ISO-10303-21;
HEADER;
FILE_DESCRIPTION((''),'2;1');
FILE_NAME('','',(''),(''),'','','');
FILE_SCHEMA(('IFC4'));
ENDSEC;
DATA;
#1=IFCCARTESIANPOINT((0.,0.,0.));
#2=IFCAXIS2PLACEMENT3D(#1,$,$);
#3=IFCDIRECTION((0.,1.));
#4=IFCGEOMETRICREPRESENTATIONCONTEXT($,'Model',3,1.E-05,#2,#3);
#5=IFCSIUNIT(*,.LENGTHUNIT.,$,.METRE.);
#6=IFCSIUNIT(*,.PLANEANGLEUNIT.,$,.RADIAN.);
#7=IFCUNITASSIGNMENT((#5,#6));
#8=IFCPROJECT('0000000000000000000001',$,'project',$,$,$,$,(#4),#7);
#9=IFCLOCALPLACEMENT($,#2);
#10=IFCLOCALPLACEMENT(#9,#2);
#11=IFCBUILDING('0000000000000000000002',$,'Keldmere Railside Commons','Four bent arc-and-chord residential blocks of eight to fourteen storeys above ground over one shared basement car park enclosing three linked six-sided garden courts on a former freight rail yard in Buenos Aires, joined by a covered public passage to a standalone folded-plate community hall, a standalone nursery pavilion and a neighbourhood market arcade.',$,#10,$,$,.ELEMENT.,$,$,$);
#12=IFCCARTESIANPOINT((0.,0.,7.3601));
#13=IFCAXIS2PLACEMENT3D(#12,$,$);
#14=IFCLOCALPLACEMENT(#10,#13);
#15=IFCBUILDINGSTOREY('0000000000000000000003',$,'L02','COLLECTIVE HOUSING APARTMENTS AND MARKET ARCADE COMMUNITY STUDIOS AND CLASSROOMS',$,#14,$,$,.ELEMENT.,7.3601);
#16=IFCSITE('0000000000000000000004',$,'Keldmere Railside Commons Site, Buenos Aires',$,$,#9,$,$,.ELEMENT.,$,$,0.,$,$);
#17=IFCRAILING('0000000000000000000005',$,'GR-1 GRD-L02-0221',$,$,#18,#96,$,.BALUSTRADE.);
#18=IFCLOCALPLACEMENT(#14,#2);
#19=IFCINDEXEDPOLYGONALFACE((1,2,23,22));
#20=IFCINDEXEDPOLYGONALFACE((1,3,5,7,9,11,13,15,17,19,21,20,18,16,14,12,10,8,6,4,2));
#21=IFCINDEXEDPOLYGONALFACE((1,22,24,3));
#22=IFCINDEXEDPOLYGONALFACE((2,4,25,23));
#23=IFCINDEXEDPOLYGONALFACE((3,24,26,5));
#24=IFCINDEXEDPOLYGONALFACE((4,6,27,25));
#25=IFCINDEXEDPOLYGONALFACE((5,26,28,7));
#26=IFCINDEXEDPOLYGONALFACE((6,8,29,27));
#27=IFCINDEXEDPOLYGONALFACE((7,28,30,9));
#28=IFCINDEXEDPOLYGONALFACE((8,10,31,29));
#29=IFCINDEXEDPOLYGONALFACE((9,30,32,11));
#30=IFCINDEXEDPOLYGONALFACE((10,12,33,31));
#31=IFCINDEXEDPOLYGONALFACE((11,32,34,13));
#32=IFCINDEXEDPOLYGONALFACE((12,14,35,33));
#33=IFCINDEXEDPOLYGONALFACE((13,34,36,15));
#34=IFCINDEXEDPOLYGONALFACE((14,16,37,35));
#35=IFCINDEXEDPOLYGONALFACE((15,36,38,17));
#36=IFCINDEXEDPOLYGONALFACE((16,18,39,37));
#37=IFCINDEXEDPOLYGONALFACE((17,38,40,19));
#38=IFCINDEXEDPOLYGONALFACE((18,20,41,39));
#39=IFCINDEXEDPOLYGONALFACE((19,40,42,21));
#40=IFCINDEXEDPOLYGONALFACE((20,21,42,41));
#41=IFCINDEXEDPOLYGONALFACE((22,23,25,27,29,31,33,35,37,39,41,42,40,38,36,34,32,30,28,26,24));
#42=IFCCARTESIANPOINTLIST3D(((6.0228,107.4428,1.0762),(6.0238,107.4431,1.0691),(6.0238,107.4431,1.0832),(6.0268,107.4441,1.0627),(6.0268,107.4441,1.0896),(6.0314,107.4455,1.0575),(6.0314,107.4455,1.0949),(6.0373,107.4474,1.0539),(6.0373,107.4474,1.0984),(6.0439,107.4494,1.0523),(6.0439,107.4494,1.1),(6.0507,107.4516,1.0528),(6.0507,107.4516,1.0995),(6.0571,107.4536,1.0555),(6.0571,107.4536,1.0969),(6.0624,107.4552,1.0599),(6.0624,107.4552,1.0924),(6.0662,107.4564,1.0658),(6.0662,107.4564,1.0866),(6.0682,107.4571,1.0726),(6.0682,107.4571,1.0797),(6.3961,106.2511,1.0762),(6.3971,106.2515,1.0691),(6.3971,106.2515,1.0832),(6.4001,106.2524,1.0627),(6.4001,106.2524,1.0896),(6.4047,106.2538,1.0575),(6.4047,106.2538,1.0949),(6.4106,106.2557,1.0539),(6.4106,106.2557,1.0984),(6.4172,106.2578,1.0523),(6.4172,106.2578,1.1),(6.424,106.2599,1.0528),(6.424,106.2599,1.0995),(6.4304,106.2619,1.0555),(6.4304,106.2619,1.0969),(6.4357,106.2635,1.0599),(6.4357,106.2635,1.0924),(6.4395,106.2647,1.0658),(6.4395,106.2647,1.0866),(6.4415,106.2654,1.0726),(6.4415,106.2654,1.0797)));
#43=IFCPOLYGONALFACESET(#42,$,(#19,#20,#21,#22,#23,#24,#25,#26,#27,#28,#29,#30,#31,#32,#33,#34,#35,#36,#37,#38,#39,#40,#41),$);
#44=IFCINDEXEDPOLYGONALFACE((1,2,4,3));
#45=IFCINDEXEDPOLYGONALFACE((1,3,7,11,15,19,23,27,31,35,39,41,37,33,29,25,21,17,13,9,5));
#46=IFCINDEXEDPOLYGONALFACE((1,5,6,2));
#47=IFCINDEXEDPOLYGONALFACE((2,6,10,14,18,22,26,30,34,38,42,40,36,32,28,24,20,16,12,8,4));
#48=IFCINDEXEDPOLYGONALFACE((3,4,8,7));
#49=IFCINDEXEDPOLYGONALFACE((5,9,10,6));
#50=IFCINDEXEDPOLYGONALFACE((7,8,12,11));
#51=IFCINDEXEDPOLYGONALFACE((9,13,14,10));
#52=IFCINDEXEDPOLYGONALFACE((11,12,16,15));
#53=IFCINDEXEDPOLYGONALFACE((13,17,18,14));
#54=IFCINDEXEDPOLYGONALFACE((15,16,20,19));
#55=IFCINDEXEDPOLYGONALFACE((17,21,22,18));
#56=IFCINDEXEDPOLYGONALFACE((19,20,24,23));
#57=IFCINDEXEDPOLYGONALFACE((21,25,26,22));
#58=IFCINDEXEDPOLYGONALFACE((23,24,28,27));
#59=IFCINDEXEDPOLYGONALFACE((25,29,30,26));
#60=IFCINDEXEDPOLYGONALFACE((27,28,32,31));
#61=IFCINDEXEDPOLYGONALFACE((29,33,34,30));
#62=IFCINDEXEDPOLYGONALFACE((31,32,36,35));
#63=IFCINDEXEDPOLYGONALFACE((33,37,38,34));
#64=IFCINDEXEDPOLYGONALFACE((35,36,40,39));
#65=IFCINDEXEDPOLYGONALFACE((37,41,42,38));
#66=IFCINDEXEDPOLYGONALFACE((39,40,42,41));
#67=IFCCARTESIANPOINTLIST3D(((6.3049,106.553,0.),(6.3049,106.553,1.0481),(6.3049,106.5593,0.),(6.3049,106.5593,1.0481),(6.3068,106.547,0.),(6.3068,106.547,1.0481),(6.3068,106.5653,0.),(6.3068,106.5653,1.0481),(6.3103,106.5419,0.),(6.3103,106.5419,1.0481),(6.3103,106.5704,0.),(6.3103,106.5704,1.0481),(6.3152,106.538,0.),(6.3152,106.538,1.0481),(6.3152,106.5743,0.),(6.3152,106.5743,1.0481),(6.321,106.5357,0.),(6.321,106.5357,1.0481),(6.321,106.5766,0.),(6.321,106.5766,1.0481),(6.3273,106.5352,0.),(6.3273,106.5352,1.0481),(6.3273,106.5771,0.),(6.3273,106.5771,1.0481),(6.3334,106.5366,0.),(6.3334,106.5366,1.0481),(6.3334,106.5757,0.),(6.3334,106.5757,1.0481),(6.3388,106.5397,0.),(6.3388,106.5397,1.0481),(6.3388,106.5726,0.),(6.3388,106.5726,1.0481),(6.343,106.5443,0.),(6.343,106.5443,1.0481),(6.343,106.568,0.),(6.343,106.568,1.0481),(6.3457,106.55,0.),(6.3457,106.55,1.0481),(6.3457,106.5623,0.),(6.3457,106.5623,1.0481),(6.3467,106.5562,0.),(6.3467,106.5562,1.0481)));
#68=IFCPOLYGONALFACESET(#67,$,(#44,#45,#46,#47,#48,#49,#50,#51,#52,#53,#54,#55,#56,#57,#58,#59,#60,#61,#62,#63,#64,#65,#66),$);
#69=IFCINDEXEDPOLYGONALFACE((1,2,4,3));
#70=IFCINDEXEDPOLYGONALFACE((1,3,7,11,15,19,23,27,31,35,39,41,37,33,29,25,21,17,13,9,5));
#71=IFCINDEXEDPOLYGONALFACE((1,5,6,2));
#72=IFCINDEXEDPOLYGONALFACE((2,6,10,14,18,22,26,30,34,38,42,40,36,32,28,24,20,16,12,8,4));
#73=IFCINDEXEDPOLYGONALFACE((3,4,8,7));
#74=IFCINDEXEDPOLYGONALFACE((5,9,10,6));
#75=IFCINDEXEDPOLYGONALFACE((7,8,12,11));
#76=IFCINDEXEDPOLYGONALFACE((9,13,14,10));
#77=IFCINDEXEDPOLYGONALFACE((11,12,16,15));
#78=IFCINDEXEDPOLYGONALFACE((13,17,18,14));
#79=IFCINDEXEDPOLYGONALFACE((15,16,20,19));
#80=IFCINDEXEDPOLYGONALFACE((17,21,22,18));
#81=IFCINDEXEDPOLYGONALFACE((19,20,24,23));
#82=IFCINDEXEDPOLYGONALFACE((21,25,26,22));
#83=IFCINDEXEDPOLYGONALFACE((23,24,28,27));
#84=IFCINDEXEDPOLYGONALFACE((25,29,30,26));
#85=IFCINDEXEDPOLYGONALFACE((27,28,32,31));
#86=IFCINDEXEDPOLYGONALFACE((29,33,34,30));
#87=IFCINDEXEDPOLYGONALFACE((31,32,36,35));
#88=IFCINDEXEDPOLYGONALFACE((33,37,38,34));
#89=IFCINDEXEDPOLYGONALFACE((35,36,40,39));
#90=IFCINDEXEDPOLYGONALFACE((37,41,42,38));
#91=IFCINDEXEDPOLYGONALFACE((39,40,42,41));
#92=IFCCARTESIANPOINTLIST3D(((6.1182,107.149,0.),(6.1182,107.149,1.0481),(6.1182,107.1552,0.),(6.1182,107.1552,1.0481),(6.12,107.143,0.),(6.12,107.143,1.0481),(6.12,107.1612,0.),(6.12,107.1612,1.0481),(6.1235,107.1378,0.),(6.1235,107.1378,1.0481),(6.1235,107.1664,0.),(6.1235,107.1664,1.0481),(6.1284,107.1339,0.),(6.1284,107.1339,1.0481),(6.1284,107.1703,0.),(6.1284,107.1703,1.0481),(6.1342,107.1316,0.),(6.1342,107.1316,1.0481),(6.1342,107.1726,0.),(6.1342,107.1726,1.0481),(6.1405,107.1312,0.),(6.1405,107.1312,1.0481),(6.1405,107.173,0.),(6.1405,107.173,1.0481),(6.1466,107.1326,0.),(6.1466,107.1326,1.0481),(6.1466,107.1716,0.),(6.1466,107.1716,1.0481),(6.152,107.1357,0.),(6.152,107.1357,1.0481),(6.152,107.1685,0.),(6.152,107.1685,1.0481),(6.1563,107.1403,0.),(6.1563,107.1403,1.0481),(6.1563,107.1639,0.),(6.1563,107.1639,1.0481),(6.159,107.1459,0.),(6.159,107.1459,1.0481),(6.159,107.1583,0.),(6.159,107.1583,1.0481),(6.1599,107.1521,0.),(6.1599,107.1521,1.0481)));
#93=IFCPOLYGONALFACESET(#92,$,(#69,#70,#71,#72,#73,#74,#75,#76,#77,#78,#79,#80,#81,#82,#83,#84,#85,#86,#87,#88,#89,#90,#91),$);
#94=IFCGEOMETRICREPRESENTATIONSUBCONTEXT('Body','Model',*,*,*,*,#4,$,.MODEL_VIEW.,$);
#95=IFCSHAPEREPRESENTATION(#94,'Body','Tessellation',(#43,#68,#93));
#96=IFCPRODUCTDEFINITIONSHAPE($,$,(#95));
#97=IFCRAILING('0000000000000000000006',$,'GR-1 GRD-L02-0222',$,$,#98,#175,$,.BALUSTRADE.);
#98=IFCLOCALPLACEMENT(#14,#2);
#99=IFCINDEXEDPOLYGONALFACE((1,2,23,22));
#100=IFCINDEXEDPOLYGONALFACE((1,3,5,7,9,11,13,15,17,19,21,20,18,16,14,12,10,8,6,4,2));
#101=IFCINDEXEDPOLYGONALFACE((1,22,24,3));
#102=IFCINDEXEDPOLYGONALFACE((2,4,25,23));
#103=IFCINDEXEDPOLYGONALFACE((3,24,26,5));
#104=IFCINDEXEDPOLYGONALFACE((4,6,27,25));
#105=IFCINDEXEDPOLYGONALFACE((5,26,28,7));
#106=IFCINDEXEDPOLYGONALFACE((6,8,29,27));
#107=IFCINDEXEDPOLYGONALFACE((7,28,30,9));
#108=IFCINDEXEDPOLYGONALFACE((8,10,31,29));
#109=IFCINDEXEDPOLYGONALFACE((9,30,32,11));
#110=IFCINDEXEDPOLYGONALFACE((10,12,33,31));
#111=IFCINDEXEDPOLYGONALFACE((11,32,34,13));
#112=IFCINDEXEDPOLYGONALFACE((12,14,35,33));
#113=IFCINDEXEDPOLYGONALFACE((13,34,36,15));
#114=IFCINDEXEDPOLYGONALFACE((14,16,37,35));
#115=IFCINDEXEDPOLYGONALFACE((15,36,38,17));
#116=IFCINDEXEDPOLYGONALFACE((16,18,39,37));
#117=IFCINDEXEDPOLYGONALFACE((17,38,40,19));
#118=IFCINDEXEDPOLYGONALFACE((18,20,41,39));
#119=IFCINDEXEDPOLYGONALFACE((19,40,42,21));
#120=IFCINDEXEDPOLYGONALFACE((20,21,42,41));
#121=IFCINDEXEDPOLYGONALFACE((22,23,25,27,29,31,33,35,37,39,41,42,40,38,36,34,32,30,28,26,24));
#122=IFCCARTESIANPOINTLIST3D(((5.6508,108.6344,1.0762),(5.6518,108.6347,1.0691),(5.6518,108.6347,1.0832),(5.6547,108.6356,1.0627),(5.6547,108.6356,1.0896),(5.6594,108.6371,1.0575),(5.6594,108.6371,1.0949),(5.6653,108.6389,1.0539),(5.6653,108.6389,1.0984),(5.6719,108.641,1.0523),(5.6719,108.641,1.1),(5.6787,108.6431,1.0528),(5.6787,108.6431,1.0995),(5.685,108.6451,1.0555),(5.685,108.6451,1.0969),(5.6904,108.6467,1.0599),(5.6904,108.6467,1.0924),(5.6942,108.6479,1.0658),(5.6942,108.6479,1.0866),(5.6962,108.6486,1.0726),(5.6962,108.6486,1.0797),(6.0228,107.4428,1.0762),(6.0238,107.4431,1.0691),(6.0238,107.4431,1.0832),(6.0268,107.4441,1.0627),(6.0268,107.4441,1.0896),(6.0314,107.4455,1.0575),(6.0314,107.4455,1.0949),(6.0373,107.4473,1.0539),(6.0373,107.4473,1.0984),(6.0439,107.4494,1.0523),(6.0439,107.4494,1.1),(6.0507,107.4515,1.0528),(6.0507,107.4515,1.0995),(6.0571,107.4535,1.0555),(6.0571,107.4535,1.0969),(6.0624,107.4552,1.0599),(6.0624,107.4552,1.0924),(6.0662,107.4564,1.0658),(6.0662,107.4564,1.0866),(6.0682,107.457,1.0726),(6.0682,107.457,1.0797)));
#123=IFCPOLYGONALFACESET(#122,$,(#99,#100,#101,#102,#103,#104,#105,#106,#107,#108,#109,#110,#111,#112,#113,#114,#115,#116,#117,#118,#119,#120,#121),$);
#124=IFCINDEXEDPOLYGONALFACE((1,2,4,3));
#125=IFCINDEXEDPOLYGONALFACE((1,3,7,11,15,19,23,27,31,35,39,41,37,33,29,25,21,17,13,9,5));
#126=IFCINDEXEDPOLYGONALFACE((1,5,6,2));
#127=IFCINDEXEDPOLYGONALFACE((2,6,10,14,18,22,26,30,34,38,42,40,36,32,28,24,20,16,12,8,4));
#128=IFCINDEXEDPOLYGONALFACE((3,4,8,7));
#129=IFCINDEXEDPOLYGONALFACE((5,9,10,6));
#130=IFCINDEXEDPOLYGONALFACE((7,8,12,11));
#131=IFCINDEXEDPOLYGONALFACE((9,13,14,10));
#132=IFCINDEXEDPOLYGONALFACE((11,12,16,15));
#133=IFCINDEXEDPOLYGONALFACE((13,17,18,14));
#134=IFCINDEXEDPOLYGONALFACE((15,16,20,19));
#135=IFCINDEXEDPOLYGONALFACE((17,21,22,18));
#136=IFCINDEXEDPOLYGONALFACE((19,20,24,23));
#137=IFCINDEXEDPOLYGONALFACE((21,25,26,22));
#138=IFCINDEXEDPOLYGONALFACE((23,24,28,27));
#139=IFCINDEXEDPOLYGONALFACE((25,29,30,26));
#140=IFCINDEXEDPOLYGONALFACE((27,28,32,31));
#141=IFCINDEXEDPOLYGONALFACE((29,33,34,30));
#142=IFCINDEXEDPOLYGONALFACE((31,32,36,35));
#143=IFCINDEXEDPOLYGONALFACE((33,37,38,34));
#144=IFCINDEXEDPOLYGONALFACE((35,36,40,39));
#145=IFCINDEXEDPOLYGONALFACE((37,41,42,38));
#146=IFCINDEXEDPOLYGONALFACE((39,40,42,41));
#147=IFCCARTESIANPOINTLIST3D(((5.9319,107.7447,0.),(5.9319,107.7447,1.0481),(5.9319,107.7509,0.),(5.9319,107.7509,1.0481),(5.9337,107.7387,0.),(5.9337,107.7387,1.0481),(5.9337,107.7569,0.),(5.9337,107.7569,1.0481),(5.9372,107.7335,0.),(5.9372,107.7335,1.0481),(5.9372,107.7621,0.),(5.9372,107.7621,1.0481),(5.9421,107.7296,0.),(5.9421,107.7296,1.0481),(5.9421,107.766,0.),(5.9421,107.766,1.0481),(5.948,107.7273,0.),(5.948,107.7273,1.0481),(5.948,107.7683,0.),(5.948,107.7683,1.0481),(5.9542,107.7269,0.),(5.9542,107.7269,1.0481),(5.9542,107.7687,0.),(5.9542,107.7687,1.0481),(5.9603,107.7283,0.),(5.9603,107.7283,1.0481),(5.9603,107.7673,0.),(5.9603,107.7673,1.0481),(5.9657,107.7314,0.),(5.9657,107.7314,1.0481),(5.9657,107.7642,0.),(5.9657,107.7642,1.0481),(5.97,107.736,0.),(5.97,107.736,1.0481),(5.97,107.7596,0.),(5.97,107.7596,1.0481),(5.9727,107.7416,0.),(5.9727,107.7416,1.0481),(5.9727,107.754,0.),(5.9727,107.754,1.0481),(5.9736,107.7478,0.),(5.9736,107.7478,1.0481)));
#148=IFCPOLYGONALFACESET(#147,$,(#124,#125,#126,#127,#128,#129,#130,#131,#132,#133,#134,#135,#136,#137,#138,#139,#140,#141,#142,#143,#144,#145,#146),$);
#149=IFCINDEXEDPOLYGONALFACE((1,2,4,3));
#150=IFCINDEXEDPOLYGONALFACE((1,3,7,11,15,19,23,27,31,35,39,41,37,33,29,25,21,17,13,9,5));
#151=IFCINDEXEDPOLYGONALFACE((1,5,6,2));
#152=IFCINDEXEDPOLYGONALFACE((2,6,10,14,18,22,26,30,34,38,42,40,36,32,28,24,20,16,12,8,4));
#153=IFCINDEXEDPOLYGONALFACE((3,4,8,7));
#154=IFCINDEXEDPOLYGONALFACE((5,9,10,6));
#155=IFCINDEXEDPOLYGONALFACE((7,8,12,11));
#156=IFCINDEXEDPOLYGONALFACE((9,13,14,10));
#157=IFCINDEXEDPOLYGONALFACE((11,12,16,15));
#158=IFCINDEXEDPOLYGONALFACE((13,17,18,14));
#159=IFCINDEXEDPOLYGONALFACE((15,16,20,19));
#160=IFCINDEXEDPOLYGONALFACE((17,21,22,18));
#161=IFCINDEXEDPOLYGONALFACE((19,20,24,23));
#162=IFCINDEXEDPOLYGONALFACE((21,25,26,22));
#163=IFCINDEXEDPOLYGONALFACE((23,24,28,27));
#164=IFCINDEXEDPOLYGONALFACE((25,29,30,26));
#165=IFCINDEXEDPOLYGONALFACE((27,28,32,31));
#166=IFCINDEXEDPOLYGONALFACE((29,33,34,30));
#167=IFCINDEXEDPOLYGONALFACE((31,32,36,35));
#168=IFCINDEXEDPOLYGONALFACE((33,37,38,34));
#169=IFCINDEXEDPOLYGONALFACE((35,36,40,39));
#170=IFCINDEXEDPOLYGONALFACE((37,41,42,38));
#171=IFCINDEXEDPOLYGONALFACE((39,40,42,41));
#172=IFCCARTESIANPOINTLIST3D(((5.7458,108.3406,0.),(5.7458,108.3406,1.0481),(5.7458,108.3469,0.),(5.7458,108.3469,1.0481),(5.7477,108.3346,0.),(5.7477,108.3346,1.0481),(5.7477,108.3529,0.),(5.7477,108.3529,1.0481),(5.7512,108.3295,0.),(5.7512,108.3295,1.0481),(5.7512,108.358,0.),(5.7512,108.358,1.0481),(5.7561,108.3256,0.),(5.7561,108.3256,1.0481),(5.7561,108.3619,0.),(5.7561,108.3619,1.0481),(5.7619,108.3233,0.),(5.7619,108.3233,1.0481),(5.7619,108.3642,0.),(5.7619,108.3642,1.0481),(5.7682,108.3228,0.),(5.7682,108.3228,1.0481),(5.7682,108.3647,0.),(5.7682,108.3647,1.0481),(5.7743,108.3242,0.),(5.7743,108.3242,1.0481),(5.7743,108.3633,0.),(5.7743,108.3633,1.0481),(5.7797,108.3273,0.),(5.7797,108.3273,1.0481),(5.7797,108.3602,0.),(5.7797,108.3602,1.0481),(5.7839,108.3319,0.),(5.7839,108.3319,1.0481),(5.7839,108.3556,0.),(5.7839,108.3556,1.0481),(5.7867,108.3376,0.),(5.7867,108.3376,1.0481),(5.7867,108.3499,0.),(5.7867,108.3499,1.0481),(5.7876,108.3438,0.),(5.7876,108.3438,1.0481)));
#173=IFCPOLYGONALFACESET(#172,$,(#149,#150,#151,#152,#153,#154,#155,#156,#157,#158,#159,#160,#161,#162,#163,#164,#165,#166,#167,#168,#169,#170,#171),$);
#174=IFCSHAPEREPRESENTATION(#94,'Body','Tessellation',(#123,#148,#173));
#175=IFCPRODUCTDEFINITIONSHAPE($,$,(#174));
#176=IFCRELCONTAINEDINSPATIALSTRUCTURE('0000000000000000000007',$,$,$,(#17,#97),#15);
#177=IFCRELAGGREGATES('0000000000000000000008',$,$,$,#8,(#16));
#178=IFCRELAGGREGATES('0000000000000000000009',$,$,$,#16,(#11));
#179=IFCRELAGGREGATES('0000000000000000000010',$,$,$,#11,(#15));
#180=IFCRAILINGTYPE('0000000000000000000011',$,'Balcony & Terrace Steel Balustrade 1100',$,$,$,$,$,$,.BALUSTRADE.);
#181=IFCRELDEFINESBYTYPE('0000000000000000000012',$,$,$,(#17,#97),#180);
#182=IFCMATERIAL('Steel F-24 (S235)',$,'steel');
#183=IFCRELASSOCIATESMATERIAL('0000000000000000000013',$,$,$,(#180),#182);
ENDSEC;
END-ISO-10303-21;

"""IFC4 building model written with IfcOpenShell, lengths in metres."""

from ifc_helpers import new_model, si_unit, direction, frame, origin, origin_2d, place, context, subcontext, project, spatial, circle, extrude, material, type_object, element, save


model = new_model("IFC4")

# Units and contexts
model_context = context("Model", 3, precision=1e-05, world=origin(), true_north=direction((0.0, 1.0)))
body_context = subcontext(model_context, "Body", "Model", "MODEL_VIEW")
ifc_project = project(units=[si_unit("LENGTHUNIT", "METRE"), si_unit("PLANEANGLEUNIT", "RADIAN")], contexts=[model_context])

# Site, building, storey
site_placement = place(None, origin())
site = spatial("IfcSite", under=ifc_project, at=site_placement, Name="Keldmere Railside Commons Site, Buenos Aires", CompositionType="ELEMENT", RefElevation=0.0)
building_placement = place(site_placement, origin())
building = spatial("IfcBuilding", under=site, at=building_placement, Name="Keldmere Railside Commons", Description="Four bent arc-and-chord residential blocks of eight to fourteen storeys above ground over one shared basement car park enclosing three linked six-sided garden courts on a former freight rail yard in Buenos Aires, joined by a covered public passage to a standalone folded-plate community hall, a standalone nursery pavilion and a neighbourhood market arcade.", CompositionType="ELEMENT")
storey_placement = place(building_placement, frame((0.0, 0.0, 7.3601)))
storey = spatial("IfcBuildingStorey", under=building, at=storey_placement, Name="L02", Description="COLLECTIVE HOUSING APARTMENTS AND MARKET ARCADE COMMUNITY STUDIOS AND CLASSROOMS", CompositionType="ELEMENT", Elevation=7.3601)

# Shared definitions
ifc_material_1 = material(Name="Steel F-24 (S235)", Category="steel")

# Railings
railing_type = type_object("IfcRailingType", Name="Balcony & Terrace Steel Balustrade 1100", PredefinedType="BALUSTRADE", material=ifc_material_1)
railing_1_placement = place(storey_placement, frame((6.4189, 106.2583, 0.0)))
element("IfcRailing", 1, at=railing_1_placement, inside=storey, type_object=railing_type, Name="GR-1 GRD-L02-0221", PredefinedType="BALUSTRADE", context=body_context, shape_type="SweptSolid", body=[
    extrude(circle(Radius=0.0239, at=origin_2d()), frame((0.0, 0.0, 1.0762), z_axis=(-0.298932, 0.954275, 0.0), x_axis=(-0.954275, -0.298932, 0.0)), (0.0, 0.0, 1.0), 1.2488),
    extrude(circle(Radius=0.021, at=origin_2d()), frame((-0.0933, 0.2979, 0.0)), (0.0, 0.0, 1.0), 1.0481),
    extrude(circle(Radius=0.021, at=origin_2d()), frame((-0.28, 0.8938, 0.0)), (0.0, 0.0, 1.0), 1.0481),
])
railing_2_placement = place(storey_placement, frame((6.0457, 107.45, 0.0)))
element("IfcRailing", 2, at=railing_2_placement, inside=storey, type_object=railing_type, Name="GR-1 GRD-L02-0222", PredefinedType="BALUSTRADE", context=body_context, shape_type="SweptSolid", body=[
    extrude(circle(Radius=0.0239, at=origin_2d()), frame((0.0, 0.0, 1.0762), z_axis=(-0.298041, 0.954553, 0.0), x_axis=(-0.954553, -0.298041, 0.0)), (0.0, 0.0, 1.0), 1.2483),
    extrude(circle(Radius=0.021, at=origin_2d()), frame((-0.093, 0.2979, 0.0)), (0.0, 0.0, 1.0), 1.0481),
    extrude(circle(Radius=0.021, at=origin_2d()), frame((-0.2791, 0.8938, 0.0)), (0.0, 0.0, 1.0), 1.0481),
])

save(model, "model.ifc")
